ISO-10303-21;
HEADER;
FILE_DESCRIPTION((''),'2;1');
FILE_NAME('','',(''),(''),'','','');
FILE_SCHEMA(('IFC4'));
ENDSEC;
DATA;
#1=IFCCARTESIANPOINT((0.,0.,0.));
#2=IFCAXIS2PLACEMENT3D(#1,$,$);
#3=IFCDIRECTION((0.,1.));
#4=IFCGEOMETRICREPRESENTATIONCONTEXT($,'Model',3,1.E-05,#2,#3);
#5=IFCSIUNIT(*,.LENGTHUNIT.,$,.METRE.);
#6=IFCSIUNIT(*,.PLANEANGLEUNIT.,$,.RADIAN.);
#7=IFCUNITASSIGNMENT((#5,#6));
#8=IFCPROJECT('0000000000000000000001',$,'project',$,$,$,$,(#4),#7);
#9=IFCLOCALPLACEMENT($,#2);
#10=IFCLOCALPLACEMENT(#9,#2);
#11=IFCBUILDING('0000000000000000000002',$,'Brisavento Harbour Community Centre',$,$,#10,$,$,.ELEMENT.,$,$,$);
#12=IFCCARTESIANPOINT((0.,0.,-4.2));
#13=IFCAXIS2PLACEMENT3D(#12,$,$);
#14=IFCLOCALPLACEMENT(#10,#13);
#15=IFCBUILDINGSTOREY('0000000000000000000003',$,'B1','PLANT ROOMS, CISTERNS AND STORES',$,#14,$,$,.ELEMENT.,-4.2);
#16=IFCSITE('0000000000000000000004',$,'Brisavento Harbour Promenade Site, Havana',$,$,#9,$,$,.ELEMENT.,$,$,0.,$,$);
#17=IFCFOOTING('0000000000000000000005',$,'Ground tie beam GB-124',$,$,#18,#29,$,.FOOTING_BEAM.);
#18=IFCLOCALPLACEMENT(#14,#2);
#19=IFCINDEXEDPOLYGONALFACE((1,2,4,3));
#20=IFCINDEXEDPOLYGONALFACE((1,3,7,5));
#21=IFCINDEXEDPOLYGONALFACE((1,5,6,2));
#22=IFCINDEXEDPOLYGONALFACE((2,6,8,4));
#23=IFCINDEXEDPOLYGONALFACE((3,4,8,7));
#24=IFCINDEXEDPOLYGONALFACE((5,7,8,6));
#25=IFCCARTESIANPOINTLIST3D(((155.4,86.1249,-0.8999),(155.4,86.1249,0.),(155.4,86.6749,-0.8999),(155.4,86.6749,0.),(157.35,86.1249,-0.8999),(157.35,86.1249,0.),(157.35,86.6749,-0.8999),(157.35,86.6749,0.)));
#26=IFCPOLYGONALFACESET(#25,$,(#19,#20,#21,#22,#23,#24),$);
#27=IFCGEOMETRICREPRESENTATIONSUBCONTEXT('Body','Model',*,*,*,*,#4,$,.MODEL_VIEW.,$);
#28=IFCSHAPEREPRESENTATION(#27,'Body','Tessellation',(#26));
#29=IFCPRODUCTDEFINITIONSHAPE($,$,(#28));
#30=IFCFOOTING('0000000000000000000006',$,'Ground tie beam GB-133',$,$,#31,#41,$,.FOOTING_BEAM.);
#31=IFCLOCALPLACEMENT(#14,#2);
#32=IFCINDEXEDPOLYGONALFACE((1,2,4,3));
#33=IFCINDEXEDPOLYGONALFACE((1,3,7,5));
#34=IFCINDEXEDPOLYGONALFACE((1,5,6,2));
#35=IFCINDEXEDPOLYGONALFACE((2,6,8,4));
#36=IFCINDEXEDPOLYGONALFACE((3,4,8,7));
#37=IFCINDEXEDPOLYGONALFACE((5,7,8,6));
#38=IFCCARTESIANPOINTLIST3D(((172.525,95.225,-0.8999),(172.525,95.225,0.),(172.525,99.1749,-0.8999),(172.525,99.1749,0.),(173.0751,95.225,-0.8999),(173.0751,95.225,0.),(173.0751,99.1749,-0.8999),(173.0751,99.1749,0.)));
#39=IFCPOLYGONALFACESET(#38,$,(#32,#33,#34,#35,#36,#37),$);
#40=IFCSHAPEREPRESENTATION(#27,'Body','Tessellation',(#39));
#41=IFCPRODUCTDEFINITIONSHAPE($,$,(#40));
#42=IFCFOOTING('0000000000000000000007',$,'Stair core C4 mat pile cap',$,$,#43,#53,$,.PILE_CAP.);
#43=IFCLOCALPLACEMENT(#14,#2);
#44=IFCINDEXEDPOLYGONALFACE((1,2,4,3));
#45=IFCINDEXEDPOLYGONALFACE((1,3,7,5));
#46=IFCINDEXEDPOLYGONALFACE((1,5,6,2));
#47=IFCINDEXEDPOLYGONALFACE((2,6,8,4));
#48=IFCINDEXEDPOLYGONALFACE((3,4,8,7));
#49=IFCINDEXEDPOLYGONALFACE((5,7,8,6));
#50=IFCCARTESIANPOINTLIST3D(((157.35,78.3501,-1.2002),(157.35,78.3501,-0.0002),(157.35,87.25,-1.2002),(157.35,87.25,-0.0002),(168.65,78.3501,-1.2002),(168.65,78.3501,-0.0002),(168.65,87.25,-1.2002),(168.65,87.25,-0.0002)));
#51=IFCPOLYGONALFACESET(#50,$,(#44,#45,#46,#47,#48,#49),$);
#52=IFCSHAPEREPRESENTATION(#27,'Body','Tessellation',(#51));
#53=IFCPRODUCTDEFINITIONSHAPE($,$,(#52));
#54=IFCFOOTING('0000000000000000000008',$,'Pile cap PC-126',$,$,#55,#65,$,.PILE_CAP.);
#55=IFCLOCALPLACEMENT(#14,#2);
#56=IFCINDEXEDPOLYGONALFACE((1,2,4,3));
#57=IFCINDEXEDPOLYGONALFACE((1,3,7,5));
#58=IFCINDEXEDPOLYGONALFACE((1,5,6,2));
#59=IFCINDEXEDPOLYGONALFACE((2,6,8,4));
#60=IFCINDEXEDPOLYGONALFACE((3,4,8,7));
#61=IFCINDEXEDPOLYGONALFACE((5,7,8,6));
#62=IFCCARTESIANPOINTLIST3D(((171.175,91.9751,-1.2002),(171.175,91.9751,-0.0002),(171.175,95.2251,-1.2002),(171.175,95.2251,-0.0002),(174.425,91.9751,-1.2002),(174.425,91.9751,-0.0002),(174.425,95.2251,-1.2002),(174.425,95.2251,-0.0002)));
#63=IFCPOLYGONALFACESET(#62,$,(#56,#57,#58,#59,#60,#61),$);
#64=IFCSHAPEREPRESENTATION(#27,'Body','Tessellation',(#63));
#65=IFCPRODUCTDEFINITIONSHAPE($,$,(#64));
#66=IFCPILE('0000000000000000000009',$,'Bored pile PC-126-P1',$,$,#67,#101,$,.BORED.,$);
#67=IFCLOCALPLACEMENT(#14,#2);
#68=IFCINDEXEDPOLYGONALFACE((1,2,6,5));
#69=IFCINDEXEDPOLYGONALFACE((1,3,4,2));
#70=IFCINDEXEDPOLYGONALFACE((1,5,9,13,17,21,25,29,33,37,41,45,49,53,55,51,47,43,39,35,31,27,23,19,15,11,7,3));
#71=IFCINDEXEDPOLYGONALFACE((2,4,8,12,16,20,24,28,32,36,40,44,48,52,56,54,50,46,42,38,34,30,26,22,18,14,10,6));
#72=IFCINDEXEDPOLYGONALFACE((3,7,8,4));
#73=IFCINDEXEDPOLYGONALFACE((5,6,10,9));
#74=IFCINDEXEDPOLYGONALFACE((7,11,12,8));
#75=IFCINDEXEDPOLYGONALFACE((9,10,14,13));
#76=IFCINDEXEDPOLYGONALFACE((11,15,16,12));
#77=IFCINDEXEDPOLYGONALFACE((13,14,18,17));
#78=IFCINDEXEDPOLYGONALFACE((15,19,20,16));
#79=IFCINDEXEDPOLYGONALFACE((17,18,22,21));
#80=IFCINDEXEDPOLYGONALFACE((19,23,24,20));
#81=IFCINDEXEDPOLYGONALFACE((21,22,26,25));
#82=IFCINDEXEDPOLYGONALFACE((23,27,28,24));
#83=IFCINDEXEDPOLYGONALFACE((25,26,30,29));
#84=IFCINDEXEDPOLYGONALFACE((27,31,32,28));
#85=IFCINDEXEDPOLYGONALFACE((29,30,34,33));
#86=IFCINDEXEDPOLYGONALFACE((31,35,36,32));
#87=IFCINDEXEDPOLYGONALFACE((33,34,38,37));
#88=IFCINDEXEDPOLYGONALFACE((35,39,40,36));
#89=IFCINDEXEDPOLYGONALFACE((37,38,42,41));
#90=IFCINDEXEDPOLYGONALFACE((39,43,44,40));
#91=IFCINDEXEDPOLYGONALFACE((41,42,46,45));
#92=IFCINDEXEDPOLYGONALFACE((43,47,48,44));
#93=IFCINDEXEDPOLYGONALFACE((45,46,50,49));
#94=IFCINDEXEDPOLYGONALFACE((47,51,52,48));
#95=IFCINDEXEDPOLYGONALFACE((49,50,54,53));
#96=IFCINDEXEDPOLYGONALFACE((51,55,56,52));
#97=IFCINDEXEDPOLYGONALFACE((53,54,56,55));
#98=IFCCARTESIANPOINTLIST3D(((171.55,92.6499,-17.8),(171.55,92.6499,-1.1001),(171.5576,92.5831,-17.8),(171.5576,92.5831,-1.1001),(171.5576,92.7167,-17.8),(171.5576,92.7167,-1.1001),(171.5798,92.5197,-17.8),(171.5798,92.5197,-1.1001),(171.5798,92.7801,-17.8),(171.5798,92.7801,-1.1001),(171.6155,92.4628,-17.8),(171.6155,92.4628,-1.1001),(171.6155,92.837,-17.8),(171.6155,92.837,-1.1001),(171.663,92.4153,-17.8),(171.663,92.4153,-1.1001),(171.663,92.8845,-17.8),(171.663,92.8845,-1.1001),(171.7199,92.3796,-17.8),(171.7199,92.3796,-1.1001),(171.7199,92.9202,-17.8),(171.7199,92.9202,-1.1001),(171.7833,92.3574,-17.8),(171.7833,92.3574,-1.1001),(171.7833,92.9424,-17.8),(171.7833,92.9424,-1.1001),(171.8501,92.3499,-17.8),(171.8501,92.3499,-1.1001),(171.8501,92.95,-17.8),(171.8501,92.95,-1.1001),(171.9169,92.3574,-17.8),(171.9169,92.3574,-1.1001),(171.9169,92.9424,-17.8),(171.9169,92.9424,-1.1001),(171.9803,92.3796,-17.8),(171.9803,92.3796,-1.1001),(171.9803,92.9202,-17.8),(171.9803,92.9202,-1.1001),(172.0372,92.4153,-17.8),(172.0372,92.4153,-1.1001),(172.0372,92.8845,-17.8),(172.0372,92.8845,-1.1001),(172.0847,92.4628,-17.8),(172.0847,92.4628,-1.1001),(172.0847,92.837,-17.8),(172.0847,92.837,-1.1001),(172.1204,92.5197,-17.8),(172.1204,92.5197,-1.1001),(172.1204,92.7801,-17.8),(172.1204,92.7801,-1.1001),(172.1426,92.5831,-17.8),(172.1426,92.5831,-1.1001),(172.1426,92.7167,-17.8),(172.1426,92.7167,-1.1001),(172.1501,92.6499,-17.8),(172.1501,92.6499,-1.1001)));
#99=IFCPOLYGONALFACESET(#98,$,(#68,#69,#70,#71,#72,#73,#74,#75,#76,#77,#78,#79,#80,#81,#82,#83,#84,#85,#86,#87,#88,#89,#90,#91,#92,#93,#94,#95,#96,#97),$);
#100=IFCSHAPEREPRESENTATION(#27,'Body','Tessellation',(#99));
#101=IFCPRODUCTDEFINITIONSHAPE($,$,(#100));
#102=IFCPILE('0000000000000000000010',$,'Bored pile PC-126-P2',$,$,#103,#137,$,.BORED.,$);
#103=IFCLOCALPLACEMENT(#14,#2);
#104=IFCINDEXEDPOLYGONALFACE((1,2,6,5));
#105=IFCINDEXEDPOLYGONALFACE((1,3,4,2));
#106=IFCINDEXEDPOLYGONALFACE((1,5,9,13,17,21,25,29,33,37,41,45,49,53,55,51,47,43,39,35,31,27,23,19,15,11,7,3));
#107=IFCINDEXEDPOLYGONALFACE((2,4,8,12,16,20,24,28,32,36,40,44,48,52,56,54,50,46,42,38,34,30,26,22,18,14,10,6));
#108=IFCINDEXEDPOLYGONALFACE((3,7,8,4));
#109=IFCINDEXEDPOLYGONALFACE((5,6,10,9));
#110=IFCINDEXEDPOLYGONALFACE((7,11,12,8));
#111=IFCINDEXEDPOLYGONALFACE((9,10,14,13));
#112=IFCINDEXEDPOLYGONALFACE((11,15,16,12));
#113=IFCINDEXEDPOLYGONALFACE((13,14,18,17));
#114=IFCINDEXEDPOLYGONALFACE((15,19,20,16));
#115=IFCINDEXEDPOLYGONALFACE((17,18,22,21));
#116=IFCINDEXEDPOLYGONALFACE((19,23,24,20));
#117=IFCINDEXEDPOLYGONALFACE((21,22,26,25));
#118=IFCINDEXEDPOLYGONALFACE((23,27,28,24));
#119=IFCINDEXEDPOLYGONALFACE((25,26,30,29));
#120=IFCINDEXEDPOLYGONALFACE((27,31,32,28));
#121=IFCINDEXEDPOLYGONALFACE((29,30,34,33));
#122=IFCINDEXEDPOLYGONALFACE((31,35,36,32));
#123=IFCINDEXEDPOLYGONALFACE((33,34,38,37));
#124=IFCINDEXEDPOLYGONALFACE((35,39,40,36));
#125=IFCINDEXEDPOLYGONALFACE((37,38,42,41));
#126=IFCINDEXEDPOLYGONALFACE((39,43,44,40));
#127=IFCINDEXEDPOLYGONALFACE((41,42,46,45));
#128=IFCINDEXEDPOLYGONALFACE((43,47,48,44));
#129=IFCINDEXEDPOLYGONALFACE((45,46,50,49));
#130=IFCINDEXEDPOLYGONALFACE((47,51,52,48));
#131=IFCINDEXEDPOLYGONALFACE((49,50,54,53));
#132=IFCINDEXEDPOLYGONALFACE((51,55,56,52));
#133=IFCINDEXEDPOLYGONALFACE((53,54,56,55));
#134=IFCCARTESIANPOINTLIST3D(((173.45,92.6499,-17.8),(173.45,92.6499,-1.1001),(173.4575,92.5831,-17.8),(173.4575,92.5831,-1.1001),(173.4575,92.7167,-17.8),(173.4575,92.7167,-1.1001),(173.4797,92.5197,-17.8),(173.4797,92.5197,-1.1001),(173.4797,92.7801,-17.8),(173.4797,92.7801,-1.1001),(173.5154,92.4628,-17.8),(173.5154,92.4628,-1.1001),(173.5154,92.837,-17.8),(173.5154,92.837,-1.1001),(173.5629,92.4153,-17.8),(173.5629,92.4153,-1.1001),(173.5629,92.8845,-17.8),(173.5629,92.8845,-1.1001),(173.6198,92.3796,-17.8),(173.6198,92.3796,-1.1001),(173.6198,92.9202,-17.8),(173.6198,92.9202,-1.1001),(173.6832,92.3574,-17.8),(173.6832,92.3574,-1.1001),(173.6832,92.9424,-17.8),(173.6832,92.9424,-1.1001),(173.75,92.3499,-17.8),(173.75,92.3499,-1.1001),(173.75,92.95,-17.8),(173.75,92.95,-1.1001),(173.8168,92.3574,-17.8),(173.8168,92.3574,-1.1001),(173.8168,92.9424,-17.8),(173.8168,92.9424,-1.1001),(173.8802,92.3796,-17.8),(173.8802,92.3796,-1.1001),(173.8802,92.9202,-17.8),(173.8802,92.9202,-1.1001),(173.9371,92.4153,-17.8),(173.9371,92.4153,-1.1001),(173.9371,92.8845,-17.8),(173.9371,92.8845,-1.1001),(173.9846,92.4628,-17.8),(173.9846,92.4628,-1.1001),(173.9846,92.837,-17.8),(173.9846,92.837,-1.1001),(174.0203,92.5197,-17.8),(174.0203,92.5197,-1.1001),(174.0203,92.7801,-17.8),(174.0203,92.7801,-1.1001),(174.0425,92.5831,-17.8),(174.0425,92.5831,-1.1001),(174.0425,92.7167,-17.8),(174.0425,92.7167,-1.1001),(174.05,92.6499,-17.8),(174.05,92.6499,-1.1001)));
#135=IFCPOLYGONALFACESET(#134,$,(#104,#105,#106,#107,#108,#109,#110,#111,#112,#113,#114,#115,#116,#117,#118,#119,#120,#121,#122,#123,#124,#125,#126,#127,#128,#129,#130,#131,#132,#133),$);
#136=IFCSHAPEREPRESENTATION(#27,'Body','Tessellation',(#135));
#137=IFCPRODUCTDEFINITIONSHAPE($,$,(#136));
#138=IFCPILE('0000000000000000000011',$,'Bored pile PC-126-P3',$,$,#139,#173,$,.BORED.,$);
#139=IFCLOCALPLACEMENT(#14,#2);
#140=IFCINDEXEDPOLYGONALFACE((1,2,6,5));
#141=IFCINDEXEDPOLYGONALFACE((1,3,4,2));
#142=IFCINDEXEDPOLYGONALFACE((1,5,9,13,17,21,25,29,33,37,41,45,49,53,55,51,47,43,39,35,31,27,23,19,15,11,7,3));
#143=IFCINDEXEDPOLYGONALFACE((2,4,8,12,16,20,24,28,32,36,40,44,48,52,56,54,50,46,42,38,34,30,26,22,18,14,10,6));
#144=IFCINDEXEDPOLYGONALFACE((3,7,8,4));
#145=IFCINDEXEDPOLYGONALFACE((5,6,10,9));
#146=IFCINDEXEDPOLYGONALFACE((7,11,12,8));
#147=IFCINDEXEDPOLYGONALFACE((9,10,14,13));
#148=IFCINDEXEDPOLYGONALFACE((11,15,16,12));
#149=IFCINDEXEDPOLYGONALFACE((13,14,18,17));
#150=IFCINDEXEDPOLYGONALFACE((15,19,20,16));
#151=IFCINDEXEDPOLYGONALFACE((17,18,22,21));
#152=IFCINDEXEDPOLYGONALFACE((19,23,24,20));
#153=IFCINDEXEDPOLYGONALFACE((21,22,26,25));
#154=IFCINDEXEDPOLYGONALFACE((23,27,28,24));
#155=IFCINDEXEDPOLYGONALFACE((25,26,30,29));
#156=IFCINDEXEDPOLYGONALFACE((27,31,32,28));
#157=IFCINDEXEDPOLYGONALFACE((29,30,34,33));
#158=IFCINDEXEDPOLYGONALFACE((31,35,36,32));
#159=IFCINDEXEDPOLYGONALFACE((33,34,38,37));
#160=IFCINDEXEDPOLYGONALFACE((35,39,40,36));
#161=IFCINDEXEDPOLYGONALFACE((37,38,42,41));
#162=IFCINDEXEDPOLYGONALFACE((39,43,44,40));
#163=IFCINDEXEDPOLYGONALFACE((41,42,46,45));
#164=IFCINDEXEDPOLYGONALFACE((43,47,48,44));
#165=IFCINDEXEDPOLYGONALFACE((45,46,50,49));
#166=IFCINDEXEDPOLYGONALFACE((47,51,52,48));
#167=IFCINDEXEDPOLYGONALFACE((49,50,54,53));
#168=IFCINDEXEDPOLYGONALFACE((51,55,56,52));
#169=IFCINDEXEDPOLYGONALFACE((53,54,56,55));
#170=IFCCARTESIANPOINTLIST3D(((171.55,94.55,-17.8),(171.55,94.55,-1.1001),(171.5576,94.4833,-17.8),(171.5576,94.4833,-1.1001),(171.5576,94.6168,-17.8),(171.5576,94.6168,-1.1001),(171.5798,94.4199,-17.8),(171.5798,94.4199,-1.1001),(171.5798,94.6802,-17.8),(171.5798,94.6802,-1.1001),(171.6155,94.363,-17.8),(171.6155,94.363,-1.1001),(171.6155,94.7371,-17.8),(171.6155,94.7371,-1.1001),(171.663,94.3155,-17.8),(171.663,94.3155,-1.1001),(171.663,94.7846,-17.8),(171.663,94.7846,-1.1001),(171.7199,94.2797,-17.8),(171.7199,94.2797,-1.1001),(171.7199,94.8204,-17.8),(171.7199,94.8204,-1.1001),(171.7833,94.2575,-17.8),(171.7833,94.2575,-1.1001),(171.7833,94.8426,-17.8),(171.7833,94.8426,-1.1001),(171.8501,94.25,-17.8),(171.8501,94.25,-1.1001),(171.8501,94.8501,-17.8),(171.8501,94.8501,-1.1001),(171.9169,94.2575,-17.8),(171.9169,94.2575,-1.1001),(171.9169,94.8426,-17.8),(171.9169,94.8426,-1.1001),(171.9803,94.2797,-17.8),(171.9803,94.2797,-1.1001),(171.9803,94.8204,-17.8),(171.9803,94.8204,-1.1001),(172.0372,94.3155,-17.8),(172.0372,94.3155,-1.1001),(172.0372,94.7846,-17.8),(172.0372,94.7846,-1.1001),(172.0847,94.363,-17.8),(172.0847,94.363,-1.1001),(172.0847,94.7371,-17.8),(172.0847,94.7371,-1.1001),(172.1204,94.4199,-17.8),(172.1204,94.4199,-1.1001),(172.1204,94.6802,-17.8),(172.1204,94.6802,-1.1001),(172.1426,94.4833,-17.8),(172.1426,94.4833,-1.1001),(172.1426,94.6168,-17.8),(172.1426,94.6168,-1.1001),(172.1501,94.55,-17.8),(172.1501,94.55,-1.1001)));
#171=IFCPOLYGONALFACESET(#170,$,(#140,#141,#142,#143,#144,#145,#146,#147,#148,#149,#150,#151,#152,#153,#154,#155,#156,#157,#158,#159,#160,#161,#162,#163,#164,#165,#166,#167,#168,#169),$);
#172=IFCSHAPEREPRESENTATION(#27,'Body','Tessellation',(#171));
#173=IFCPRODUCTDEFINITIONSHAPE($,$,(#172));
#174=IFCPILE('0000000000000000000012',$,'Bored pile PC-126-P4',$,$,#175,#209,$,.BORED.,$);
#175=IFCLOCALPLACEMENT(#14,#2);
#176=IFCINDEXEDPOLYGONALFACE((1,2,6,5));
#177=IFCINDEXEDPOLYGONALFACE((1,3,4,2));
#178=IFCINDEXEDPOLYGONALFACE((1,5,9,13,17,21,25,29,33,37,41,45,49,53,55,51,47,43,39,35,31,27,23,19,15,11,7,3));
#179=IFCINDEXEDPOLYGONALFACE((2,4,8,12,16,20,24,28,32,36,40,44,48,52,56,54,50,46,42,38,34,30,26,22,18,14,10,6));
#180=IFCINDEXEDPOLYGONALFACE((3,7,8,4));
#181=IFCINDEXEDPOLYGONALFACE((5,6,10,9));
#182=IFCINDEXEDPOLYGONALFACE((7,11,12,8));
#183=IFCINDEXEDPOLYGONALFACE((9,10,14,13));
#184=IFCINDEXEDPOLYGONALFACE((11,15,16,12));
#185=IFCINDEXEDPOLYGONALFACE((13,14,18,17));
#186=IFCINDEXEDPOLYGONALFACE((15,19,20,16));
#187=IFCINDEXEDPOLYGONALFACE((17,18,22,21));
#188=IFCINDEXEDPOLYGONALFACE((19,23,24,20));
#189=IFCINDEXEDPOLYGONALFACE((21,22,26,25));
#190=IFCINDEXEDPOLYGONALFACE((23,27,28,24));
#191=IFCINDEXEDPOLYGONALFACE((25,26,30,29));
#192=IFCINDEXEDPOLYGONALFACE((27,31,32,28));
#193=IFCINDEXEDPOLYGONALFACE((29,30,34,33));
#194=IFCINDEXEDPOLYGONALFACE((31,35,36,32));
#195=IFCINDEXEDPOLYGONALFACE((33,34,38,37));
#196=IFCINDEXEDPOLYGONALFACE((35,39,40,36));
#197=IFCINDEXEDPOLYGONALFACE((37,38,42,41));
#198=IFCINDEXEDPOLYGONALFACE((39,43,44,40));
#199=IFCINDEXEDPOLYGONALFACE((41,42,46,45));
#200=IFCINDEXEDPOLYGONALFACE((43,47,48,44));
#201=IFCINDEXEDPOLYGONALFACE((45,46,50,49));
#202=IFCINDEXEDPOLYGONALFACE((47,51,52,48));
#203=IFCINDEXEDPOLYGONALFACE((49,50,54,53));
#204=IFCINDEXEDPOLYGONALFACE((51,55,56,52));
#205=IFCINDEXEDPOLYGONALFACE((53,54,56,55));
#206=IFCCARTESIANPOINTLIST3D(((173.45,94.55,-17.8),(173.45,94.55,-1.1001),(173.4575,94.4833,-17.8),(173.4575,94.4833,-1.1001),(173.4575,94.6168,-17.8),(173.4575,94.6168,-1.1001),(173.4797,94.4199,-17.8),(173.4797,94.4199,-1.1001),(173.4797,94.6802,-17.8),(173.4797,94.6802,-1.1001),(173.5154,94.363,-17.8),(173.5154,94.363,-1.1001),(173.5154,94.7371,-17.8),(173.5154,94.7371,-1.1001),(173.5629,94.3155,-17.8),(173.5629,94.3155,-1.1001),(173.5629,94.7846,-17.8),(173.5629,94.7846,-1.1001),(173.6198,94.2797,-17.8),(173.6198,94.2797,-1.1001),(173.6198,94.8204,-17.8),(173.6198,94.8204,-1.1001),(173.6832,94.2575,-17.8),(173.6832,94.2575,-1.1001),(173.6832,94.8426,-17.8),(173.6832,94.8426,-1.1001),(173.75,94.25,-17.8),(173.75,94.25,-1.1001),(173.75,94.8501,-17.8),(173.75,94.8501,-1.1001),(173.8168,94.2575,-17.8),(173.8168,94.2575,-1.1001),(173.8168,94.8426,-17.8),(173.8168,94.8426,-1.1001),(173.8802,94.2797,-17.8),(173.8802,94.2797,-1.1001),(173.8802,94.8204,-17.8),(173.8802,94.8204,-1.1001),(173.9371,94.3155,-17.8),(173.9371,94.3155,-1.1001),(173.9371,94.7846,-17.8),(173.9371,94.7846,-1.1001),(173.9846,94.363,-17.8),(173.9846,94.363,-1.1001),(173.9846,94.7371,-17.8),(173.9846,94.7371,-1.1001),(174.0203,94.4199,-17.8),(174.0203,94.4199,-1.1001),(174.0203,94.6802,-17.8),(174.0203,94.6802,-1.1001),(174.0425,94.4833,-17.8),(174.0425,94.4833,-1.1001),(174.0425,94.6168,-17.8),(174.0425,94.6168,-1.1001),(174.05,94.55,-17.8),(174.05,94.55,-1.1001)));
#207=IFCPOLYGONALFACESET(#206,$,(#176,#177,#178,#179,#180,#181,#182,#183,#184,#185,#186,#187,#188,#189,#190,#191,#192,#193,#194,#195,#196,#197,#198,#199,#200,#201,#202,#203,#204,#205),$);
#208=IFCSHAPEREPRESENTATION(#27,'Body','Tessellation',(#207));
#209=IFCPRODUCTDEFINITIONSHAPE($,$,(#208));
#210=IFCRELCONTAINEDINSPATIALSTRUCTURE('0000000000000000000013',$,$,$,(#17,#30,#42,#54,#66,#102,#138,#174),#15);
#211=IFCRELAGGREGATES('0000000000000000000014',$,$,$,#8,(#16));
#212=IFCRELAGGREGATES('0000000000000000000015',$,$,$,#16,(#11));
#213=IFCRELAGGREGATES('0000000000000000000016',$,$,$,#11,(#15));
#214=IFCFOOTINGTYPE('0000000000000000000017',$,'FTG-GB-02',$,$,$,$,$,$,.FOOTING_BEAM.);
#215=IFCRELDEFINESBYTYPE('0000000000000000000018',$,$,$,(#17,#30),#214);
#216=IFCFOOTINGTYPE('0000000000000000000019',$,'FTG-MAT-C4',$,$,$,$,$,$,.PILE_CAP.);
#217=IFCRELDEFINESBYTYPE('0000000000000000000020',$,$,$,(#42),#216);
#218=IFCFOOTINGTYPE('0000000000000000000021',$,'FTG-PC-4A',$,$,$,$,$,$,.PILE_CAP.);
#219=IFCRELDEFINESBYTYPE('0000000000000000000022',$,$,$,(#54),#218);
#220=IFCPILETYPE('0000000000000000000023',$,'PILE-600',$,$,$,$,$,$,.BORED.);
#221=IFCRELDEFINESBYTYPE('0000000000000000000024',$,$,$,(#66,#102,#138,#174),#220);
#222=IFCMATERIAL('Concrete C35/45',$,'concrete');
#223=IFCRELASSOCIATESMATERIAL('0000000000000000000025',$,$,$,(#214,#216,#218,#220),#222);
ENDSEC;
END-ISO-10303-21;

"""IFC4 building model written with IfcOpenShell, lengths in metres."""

from ifc_helpers import new_model, si_unit, direction, frame, origin, origin_2d, place, context, subcontext, project, spatial, rectangle, circle, extrude, material, material_profile, profile_set, type_object, element, save


model = new_model("IFC4")

# Units and contexts
model_context = context("Model", 3, precision=1e-05, world=origin(), true_north=direction((0.0, 1.0)))
body_context = subcontext(model_context, "Body", "Model", "MODEL_VIEW")
ifc_project = project(units=[si_unit("LENGTHUNIT", "METRE"), si_unit("PLANEANGLEUNIT", "RADIAN")], contexts=[model_context])

# Site, building, storey
site_placement = place(None, origin())
site = spatial("IfcSite", under=ifc_project, at=site_placement, Name="Brisavento Harbour Promenade Site, Havana", CompositionType="ELEMENT", RefElevation=0.0)
building_placement = place(site_placement, origin())
building = spatial("IfcBuilding", under=site, at=building_placement, Name="Brisavento Harbour Community Centre", CompositionType="ELEMENT")
storey_placement = place(building_placement, frame((0.0, 0.0, -4.2)))
storey = spatial("IfcBuildingStorey", under=building, at=storey_placement, Name="B1", Description="PLANT ROOMS, CISTERNS AND STORES", CompositionType="ELEMENT", Elevation=-4.2)

# Footings
ifc_material_1 = material(Name="Concrete C35/45", Category="concrete")
footing_type_1 = type_object("IfcFootingType", Name="FTG-GB-02", PredefinedType="FOOTING_BEAM", material=ifc_material_1)
footing_1_placement = place(storey_placement, frame((156.375, 86.3999, -0.8999), z_axis=(0.0, 0.0, 1.0), x_axis=(1.0, 0.0, 0.0)))
element("IfcFooting", 1, at=footing_1_placement, inside=storey, type_object=footing_type_1, Name="Ground tie beam GB-124", PredefinedType="FOOTING_BEAM", context=body_context, shape_type="SweptSolid", body=[
    extrude(rectangle(XDim=1.95, YDim=0.55, at=origin_2d()), origin(), (0.0, 0.0, 1.0), 0.8999),
])
footing_2_placement = place(storey_placement, frame((172.8, 97.2, -0.8999), z_axis=(0.0, 0.0, 1.0), x_axis=(1.0, 0.0, 0.0)))
element("IfcFooting", 2, at=footing_2_placement, inside=storey, type_object=footing_type_1, Name="Ground tie beam GB-133", PredefinedType="FOOTING_BEAM", context=body_context, shape_type="SweptSolid", body=[
    extrude(rectangle(XDim=0.55, YDim=3.95, at=origin_2d()), origin(), (0.0, 0.0, 1.0), 0.8999),
])
footing_type_2 = type_object("IfcFootingType", Name="FTG-MAT-C4", PredefinedType="PILE_CAP", material=ifc_material_1)
footing_3_placement = place(storey_placement, frame((163.0, 82.8, -1.2002), z_axis=(0.0, 0.0, 1.0), x_axis=(1.0, 0.0, 0.0)))
element("IfcFooting", 3, at=footing_3_placement, inside=storey, type_object=footing_type_2, Name="Stair core C4 mat pile cap", PredefinedType="PILE_CAP", context=body_context, shape_type="SweptSolid", body=[
    extrude(rectangle(XDim=11.3, YDim=8.8999, at=origin_2d()), origin(), (0.0, 0.0, 1.0), 1.2),
])
footing_type_3 = type_object("IfcFootingType", Name="FTG-PC-4A", PredefinedType="PILE_CAP", material=ifc_material_1)
footing_4_placement = place(storey_placement, frame((172.8, 93.6001, -1.2002), z_axis=(0.0, 0.0, 1.0), x_axis=(1.0, 0.0, 0.0)))
element("IfcFooting", 4, at=footing_4_placement, inside=storey, type_object=footing_type_3, Name="Pile cap PC-126", PredefinedType="PILE_CAP", context=body_context, shape_type="SweptSolid", body=[
    extrude(rectangle(XDim=3.25, YDim=3.25, at=origin_2d()), origin(), (0.0, 0.0, 1.0), 1.2),
])

# Piles
ifc_material_profile_1 = material_profile(ifc_material_1, circle(Radius=0.3, at=origin_2d()), Name="Concrete C35/45")
ifc_profile_set_1 = profile_set([ifc_material_profile_1], Name="Concrete C35/45")
pile_type_1 = type_object("IfcPileType", Name="PILE-600", PredefinedType="BORED", material=ifc_profile_set_1)
for number, where, z_axis, x_axis, name in (
    (5, (171.8501, 92.6499, -1.1001), (0.0, 0.0, -1.0), (1.0, 0.0, 0.0), "Bored pile PC-126-P1"),
    (6, (173.75, 92.6499, -1.1001), (0.0, 0.0, -1.0), (1.0, 0.0, 0.0), "Bored pile PC-126-P2"),
    (7, (171.8501, 94.55, -1.1001), (0.0, 0.0, -1.0), (1.0, 0.0, 0.0), "Bored pile PC-126-P3"),
    (8, (173.75, 94.55, -1.1001), (0.0, 0.0, -1.0), (1.0, 0.0, 0.0), "Bored pile PC-126-P4"),
):
    element("IfcPile", number, at=place(storey_placement, frame(where, z_axis=z_axis, x_axis=x_axis)), inside=storey, type_object=pile_type_1, Name=name, PredefinedType="BORED", context=body_context, shape_type="SweptSolid", body=[
        extrude(circle(Radius=0.3, at=origin_2d()), origin(), (0.0, 0.0, 1.0), 16.7),
    ])

save(model, "model.ifc")
